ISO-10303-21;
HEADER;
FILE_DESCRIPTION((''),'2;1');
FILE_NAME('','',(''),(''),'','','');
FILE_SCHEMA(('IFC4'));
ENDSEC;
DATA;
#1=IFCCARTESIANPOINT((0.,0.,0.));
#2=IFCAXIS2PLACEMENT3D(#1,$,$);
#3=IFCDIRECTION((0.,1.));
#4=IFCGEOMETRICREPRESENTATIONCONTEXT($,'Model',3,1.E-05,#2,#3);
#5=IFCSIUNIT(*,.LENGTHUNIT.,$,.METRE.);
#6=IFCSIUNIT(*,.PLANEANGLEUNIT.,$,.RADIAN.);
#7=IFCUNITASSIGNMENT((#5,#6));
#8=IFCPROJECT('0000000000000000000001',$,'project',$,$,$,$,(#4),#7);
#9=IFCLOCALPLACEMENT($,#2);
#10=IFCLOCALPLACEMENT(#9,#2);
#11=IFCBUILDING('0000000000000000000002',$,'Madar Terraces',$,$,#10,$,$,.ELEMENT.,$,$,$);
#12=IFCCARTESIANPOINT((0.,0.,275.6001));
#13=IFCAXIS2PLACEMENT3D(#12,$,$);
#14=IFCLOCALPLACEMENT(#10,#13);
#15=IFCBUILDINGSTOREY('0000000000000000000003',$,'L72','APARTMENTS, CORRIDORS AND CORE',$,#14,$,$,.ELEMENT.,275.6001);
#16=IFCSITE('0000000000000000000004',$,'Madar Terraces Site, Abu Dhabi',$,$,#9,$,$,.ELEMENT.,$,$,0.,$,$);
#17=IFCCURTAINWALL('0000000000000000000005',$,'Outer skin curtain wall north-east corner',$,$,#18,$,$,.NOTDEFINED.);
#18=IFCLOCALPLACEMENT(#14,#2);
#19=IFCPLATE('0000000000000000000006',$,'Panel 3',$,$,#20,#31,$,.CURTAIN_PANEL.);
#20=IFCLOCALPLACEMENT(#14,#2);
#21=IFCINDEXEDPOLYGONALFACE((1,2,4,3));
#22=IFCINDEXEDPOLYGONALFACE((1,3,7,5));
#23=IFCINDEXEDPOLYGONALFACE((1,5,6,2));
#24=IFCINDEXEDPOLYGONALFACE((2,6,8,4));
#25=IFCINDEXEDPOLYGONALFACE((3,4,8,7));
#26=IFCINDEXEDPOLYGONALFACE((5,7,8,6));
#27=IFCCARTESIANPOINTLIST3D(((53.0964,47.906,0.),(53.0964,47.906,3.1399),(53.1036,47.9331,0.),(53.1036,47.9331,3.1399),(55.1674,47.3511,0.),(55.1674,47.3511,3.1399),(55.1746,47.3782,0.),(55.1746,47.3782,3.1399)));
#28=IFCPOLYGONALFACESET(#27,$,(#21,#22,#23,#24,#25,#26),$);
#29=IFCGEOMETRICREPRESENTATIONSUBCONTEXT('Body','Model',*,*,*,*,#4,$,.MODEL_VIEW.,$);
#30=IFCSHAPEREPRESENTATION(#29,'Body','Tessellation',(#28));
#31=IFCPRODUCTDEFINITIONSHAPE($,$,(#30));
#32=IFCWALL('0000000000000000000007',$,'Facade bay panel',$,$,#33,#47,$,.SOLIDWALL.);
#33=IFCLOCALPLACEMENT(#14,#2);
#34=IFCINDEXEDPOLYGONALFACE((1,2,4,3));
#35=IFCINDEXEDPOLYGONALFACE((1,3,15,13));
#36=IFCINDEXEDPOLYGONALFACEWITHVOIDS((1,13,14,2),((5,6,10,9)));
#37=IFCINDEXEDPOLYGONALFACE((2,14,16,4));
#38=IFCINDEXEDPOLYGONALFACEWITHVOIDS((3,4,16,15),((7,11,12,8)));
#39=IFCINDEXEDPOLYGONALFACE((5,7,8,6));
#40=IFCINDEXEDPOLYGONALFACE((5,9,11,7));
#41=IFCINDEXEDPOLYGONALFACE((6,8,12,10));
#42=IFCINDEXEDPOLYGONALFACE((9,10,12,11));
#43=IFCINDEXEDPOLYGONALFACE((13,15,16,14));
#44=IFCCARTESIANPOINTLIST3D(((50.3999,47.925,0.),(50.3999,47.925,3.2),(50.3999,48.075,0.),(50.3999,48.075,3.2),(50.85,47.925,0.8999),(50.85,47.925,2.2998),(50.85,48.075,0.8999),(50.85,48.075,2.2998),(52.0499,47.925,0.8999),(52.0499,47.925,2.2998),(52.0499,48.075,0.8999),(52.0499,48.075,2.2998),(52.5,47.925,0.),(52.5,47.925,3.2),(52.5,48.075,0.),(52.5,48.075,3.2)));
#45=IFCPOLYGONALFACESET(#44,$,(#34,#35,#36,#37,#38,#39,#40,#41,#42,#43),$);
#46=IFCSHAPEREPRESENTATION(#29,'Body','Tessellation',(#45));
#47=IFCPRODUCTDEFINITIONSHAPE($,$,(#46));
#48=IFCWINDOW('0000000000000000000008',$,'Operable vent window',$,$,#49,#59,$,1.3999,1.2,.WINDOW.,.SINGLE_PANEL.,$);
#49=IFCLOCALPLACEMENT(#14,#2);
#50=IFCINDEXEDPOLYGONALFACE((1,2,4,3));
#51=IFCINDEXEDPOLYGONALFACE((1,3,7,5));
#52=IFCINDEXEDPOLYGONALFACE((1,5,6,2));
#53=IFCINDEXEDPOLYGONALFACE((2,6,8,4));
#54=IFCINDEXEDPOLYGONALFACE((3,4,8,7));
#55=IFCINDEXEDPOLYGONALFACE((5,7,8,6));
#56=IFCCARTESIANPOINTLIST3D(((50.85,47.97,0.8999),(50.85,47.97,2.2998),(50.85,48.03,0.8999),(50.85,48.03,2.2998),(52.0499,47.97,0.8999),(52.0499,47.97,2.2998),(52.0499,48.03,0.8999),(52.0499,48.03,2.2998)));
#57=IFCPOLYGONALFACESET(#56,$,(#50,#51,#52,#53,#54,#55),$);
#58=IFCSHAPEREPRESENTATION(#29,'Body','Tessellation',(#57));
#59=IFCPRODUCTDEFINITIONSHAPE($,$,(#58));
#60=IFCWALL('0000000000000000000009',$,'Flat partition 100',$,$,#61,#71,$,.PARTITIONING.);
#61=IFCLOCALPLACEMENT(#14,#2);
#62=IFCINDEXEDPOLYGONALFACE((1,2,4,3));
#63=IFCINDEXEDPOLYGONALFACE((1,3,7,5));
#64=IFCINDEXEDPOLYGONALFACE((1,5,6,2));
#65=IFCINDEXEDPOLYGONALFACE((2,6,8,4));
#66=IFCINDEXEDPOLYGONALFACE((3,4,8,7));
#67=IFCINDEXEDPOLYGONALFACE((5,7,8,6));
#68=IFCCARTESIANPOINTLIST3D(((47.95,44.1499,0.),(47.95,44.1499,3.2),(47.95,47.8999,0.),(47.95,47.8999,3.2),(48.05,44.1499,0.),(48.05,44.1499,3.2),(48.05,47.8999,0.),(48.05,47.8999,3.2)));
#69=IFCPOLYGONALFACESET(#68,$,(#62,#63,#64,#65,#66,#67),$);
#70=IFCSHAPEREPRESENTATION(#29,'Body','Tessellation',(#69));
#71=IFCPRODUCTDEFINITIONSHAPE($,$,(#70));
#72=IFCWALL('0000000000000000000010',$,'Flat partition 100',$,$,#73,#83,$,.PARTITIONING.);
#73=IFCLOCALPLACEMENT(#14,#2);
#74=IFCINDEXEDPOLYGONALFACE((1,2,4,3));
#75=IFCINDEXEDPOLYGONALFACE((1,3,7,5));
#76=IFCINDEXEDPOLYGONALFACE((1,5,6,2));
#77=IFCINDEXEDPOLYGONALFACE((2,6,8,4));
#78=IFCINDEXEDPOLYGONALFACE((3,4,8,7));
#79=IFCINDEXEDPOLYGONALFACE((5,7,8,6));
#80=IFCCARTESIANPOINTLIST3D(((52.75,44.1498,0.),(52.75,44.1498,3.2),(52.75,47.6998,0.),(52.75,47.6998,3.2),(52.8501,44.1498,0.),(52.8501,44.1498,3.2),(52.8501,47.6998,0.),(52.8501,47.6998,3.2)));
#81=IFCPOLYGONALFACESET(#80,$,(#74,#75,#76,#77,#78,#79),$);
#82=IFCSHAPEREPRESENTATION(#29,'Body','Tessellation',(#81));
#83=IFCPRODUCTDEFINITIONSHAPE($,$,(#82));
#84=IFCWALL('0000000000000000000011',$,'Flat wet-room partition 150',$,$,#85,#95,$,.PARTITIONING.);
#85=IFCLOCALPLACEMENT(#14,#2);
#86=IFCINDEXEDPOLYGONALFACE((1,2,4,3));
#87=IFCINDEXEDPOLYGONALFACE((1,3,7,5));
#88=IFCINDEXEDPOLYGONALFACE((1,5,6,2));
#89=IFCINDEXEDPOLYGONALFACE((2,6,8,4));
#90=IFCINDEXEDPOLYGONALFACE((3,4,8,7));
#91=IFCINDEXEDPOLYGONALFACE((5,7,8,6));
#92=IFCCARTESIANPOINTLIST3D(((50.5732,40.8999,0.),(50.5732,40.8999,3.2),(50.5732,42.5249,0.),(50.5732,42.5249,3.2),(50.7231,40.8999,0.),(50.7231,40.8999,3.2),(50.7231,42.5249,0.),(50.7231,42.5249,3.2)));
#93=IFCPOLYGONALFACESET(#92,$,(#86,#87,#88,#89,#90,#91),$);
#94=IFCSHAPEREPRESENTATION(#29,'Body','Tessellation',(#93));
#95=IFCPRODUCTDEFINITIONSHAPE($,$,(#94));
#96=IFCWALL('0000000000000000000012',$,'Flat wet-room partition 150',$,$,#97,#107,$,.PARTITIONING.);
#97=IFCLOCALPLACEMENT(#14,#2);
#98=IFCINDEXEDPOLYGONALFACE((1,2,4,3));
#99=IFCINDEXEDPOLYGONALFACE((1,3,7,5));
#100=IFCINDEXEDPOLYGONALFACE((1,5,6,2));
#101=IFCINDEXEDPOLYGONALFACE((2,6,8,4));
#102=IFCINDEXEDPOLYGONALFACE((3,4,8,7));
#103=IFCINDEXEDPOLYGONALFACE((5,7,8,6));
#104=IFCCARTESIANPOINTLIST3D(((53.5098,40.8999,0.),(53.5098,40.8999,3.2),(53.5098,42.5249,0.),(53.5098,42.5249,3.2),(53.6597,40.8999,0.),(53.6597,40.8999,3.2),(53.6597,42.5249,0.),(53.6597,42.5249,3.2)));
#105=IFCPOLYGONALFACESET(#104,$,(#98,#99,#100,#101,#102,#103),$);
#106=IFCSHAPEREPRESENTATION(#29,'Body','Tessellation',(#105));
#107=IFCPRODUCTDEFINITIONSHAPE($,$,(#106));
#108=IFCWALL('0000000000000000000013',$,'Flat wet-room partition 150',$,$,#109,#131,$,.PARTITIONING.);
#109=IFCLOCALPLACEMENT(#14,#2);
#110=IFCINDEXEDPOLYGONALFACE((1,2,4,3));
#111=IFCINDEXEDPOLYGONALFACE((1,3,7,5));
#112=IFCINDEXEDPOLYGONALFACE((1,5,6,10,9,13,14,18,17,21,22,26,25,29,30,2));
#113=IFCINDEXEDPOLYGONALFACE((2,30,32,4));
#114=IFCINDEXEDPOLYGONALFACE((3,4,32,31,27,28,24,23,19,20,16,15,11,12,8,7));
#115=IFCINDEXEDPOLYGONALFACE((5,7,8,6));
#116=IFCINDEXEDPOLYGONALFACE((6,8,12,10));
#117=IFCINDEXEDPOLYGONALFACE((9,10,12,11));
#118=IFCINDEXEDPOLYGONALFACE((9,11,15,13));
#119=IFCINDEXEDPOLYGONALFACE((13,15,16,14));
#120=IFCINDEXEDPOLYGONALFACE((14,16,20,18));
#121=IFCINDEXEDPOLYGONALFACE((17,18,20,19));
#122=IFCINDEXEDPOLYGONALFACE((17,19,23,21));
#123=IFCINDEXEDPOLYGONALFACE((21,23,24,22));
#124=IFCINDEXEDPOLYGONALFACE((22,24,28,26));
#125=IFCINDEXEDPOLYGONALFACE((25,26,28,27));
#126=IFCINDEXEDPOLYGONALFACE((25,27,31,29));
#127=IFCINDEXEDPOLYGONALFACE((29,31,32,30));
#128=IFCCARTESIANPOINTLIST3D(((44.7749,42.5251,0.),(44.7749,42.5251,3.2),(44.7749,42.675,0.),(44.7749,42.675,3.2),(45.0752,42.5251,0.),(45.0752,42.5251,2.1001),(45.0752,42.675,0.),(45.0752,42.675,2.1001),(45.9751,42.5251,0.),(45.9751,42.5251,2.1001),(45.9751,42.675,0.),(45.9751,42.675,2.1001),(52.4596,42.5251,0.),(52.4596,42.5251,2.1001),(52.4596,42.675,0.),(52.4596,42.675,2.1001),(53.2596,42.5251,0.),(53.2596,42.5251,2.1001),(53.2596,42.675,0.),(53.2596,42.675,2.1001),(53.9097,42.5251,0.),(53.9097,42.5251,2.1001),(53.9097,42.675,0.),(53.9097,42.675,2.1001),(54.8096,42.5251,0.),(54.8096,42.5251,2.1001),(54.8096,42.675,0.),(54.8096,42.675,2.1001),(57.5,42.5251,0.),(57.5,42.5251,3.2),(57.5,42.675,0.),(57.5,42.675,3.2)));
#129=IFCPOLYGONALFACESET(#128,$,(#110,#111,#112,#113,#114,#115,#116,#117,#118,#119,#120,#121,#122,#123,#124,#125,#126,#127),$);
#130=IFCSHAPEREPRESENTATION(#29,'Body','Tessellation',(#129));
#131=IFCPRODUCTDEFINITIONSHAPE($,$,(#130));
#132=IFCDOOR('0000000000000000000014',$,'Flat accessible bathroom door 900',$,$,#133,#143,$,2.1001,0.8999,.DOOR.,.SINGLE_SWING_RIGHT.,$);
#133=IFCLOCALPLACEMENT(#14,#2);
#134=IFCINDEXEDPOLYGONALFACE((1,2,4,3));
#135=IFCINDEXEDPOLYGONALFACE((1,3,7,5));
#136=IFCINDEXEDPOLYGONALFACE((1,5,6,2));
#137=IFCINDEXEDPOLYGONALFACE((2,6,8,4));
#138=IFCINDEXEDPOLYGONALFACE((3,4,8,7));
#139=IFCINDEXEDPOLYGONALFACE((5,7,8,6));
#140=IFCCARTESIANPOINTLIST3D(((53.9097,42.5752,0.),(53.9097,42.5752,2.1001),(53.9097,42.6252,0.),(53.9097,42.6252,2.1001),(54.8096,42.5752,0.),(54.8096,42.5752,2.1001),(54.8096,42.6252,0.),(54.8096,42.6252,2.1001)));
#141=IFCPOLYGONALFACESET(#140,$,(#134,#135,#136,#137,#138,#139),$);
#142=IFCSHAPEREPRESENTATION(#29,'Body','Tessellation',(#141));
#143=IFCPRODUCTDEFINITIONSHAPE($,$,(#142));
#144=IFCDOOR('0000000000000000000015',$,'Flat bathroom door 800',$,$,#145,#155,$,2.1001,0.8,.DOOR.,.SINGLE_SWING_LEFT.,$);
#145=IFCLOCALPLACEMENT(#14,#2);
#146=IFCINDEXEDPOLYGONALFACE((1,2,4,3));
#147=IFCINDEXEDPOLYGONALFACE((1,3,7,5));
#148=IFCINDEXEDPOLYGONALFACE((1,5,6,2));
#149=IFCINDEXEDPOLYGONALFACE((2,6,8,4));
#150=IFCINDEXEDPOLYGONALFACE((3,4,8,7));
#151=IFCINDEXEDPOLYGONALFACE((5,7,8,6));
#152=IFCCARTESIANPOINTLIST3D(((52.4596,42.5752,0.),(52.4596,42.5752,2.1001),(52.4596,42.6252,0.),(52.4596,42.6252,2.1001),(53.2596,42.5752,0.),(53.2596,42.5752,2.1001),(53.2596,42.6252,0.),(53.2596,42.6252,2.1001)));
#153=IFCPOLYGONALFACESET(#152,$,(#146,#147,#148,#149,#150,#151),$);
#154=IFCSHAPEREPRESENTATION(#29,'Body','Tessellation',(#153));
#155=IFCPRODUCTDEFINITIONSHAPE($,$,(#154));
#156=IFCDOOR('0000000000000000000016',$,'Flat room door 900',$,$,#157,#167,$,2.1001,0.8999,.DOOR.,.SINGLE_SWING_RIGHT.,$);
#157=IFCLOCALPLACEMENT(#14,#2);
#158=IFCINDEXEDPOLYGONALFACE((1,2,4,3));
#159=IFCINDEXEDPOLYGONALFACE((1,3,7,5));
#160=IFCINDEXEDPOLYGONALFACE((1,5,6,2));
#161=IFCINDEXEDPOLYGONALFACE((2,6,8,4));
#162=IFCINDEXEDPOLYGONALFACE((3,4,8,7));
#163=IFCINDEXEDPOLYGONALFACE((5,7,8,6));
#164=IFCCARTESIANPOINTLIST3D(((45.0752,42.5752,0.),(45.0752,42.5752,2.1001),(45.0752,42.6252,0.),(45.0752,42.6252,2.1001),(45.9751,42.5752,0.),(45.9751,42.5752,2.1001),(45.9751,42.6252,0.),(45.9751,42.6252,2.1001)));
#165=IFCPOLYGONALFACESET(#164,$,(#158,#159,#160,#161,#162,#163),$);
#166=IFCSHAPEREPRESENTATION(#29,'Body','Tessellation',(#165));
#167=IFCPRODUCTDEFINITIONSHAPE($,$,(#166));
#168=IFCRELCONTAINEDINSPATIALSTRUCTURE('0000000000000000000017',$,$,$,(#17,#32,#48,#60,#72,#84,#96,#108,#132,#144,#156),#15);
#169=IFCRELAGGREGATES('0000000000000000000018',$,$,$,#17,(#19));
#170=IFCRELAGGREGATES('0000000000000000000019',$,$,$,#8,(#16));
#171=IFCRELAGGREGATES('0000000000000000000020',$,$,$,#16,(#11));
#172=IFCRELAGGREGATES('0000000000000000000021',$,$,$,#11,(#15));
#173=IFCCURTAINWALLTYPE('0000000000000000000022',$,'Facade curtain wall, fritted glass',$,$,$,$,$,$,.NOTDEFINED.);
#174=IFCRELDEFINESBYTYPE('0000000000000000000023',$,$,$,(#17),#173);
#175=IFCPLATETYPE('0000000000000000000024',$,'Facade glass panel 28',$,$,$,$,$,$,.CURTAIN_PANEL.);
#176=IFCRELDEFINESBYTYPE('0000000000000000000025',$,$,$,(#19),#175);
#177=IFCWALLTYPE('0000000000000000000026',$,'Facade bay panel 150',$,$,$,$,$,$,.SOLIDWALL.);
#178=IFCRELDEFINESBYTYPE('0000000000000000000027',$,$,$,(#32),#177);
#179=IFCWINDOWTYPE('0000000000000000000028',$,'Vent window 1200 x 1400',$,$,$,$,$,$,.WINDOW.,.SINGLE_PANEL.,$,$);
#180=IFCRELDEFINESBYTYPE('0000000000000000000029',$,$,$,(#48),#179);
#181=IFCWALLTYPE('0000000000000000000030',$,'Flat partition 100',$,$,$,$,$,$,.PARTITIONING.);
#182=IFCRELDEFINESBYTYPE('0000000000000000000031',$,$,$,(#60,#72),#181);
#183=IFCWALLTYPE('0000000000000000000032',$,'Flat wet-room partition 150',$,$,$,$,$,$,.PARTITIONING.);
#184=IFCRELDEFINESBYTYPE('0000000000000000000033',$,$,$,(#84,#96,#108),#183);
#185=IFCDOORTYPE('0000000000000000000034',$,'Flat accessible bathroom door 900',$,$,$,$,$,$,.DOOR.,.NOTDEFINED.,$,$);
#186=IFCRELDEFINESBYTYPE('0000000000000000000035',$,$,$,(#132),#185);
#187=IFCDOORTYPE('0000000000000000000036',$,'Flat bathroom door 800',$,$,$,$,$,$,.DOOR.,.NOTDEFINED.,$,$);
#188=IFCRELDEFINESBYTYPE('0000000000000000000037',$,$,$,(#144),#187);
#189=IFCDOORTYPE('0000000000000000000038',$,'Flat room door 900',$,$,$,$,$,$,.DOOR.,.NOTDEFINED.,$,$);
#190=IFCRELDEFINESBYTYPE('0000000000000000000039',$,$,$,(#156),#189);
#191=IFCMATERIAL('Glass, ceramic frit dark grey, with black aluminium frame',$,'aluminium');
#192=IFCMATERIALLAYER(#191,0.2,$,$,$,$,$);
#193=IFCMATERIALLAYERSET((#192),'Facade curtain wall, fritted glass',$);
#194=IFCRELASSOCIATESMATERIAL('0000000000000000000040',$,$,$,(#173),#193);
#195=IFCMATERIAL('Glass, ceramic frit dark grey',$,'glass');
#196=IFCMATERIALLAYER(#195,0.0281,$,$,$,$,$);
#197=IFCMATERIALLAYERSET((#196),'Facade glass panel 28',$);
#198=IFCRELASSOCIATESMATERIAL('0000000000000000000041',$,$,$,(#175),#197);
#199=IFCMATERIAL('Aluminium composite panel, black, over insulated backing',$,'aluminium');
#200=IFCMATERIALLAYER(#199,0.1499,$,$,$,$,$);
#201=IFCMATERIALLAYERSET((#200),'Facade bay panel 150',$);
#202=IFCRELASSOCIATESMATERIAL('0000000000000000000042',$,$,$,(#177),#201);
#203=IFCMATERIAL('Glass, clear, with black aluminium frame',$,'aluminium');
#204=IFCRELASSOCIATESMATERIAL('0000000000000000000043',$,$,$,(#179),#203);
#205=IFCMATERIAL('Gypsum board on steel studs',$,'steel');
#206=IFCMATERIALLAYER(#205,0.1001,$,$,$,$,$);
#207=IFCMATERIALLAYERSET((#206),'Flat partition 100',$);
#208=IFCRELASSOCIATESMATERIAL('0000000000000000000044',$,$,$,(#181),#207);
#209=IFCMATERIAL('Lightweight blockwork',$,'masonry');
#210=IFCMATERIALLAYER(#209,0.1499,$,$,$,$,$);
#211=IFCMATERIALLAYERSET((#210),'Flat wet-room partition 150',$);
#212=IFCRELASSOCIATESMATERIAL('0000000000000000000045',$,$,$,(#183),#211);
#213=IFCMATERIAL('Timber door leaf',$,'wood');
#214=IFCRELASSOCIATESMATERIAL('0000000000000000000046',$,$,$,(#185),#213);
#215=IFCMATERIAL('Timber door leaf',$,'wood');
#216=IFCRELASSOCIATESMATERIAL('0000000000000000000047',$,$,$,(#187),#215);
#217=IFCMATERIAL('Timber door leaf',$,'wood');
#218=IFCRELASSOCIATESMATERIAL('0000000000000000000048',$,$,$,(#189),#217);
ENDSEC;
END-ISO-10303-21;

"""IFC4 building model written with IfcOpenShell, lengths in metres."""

from ifc_helpers import new_model, si_unit, direction, frame, frame_2d, origin, origin_2d, place, context, subcontext, project, spatial, rectangle, extrude, material, layer, layer_set, type_object, element, fill, aggregate, save


model = new_model("IFC4")

# Units and contexts
model_context = context("Model", 3, precision=1e-05, world=origin(), true_north=direction((0.0, 1.0)))
body_context = subcontext(model_context, "Body", "Model", "MODEL_VIEW")
ifc_project = project(units=[si_unit("LENGTHUNIT", "METRE"), si_unit("PLANEANGLEUNIT", "RADIAN")], contexts=[model_context])

# Site, building, storey
site_placement = place(None, origin())
site = spatial("IfcSite", under=ifc_project, at=site_placement, Name="Madar Terraces Site, Abu Dhabi", CompositionType="ELEMENT", RefElevation=0.0)
building_placement = place(site_placement, origin())
building = spatial("IfcBuilding", under=site, at=building_placement, Name="Madar Terraces", CompositionType="ELEMENT")
storey_placement = place(building_placement, frame((0.0, 0.0, 275.6001)))
storey = spatial("IfcBuildingStorey", under=building, at=storey_placement, Name="L72", Description="APARTMENTS, CORRIDORS AND CORE", CompositionType="ELEMENT", Elevation=275.6001)

# Shared definitions
ifc_material_1 = material(Name="Glass, ceramic frit dark grey, with black aluminium frame", Category="aluminium")
ifc_layer_1 = layer(ifc_material_1, 0.2)
ifc_layer_set_1 = layer_set([ifc_layer_1], Name="Facade curtain wall, fritted glass")
curtain_wall_type = type_object("IfcCurtainWallType", Name="Facade curtain wall, fritted glass", PredefinedType="NOTDEFINED", material=ifc_layer_set_1)

# Curtain wall
curtain_wall_1_placement = place(storey_placement, origin())
curtain_wall_1 = element("IfcCurtainWall", 1, at=curtain_wall_1_placement, inside=storey, type_object=curtain_wall_type, Name="Outer skin curtain wall north-east corner", PredefinedType="NOTDEFINED")

# Plate
ifc_material_2 = material(Name="Glass, ceramic frit dark grey", Category="glass")
ifc_layer_2 = layer(ifc_material_2, 0.0281)
ifc_layer_set_2 = layer_set([ifc_layer_2], Name="Facade glass panel 28")
plate_type = type_object("IfcPlateType", Name="Facade glass panel 28", PredefinedType="CURTAIN_PANEL", material=ifc_layer_set_2)
plate_1_placement = place(storey_placement, frame((54.1355, 47.6421, 0.0), z_axis=(0.0, 0.0, 1.0), x_axis=(-0.965926, 0.258819, 0.0)))
plate_1 = element("IfcPlate", 2, at=plate_1_placement, type_object=plate_type, Name="Panel 3", PredefinedType="CURTAIN_PANEL", context=body_context, shape_type="SweptSolid", body=[
    extrude(rectangle(XDim=2.144, YDim=0.0281, at=origin_2d()), origin(), (0.0, 0.0, 1.0), 3.1399),
])
aggregate(curtain_wall_1, [plate_1])

# Wall, opening, window
ifc_material_3 = material(Name="Aluminium composite panel, black, over insulated backing", Category="aluminium")
ifc_layer_3 = layer(ifc_material_3, 0.1499)
ifc_layer_set_3 = layer_set([ifc_layer_3], Name="Facade bay panel 150")
wall_type_1 = type_object("IfcWallType", Name="Facade bay panel 150", PredefinedType="SOLIDWALL", material=ifc_layer_set_3)
wall_1_placement = place(storey_placement, frame((52.5, 48.0, 0.0), z_axis=(0.0, 0.0, 1.0), x_axis=(-1.0, 0.0, 0.0)))
wall_1 = element("IfcWall", 3, at=wall_1_placement, inside=storey, type_object=wall_type_1, Name="Facade bay panel", PredefinedType="SOLIDWALL", context=body_context, shape_type="SweptSolid", body=[
    extrude(rectangle(XDim=2.1001, YDim=0.1499, at=frame_2d((1.05, 0.0))), origin(), (0.0, 0.0, 1.0), 3.2),
])
opening_1_placement = place(wall_1_placement, frame((0.45, 0.0, 0.8999)))
opening_1 = element("IfcOpeningElement", 4, at=opening_1_placement, cuts=wall_1, PredefinedType="OPENING", context=body_context, shape_type="SweptSolid", body=[
    extrude(rectangle(XDim=1.2, YDim=1.3999, at=frame_2d((0.6001, 0.7))), frame((0.0, 0.085, 0.0), z_axis=(0.0, -1.0, 0.0), x_axis=(1.0, 0.0, 0.0)), (0.0, 0.0, 1.0), 0.1699),
])
ifc_material_4 = material(Name="Glass, clear, with black aluminium frame", Category="aluminium")
window_type = type_object("IfcWindowType", Name="Vent window 1200 x 1400", PartitioningType="SINGLE_PANEL", PredefinedType="WINDOW", material=ifc_material_4)
window_placement = place(opening_1_placement, origin())
window = element("IfcWindow", 5, at=window_placement, inside=storey, type_object=window_type, Name="Operable vent window", OverallHeight=1.3999, OverallWidth=1.2, PartitioningType="SINGLE_PANEL", PredefinedType="WINDOW", context=body_context, shape_type="SweptSolid", body=[
    extrude(rectangle(XDim=1.2, YDim=1.3999, at=frame_2d((0.6001, 0.7))), frame((0.0, 0.03, 0.0), z_axis=(0.0, -1.0, 0.0), x_axis=(1.0, 0.0, 0.0)), (0.0, 0.0, 1.0), 0.0601),
])
fill(opening_1, window)

# Walls
ifc_material_5 = material(Name="Gypsum board on steel studs", Category="steel")
ifc_layer_4 = layer(ifc_material_5, 0.1001)
ifc_layer_set_4 = layer_set([ifc_layer_4], Name="Flat partition 100")
wall_type_2 = type_object("IfcWallType", Name="Flat partition 100", PredefinedType="PARTITIONING", material=ifc_layer_set_4)
wall_2_placement = place(storey_placement, frame((48.0, 44.1499, 0.0), z_axis=(0.0, 0.0, 1.0), x_axis=(0.0, 1.0, 0.0)))
element("IfcWall", 6, at=wall_2_placement, inside=storey, type_object=wall_type_2, Name="Flat partition 100", PredefinedType="PARTITIONING", context=body_context, shape_type="SweptSolid", body=[
    extrude(rectangle(XDim=3.75, YDim=0.1001, at=frame_2d((1.875, 0.0))), origin(), (0.0, 0.0, 1.0), 3.2),
])
wall_3_placement = place(storey_placement, frame((52.8, 44.1499, 0.0), z_axis=(0.0, 0.0, 1.0), x_axis=(0.0, 1.0, 0.0)))
element("IfcWall", 7, at=wall_3_placement, inside=storey, type_object=wall_type_2, Name="Flat partition 100", PredefinedType="PARTITIONING", context=body_context, shape_type="SweptSolid", body=[
    extrude(rectangle(XDim=3.55, YDim=0.1001, at=frame_2d((1.7749, 0.0))), origin(), (0.0, 0.0, 1.0), 3.2),
])
ifc_material_6 = material(Name="Lightweight blockwork", Category="masonry")
ifc_layer_5 = layer(ifc_material_6, 0.1499)
ifc_layer_set_5 = layer_set([ifc_layer_5], Name="Flat wet-room partition 150")
wall_type_3 = type_object("IfcWallType", Name="Flat wet-room partition 150", PredefinedType="PARTITIONING", material=ifc_layer_set_5)
for number, where, z_axis, x_axis, name in (
    (8, (50.6482, 40.8999, 0.0), (0.0, 0.0, 1.0), (0.0, 1.0, 0.0), "Flat wet-room partition 150"),
    (9, (53.5847, 40.8999, 0.0), (0.0, 0.0, 1.0), (0.0, 1.0, 0.0), "Flat wet-room partition 150"),
):
    element("IfcWall", number, at=place(storey_placement, frame(where, z_axis=z_axis, x_axis=x_axis)), inside=storey, type_object=wall_type_3, Name=name, PredefinedType="PARTITIONING", context=body_context, shape_type="SweptSolid", body=[
        extrude(rectangle(XDim=1.625, YDim=0.1499, at=frame_2d((0.8125, 0.0))), origin(), (0.0, 0.0, 1.0), 3.2),
    ])

# Wall, openings, doors
wall_4_placement = place(storey_placement, frame((57.5, 42.6001, 0.0), z_axis=(0.0, 0.0, 1.0), x_axis=(-1.0, 0.0, 0.0)))
wall_4 = element("IfcWall", 10, at=wall_4_placement, inside=storey, type_object=wall_type_3, Name="Flat wet-room partition 150", PredefinedType="PARTITIONING", context=body_context, shape_type="SweptSolid", body=[
    extrude(rectangle(XDim=12.7251, YDim=0.1499, at=frame_2d((6.3625, 0.0))), origin(), (0.0, 0.0, 1.0), 3.2),
])
opening_2_placement = place(wall_4_placement, frame((11.5249, 0.0, 0.0)))
opening_2 = element("IfcOpeningElement", 11, at=opening_2_placement, cuts=wall_4, PredefinedType="OPENING", context=body_context, shape_type="SweptSolid", body=[
    extrude(rectangle(XDim=0.8999, YDim=2.1001, at=frame_2d((0.45, 1.05))), frame((0.0, 0.085, 0.0), z_axis=(0.0, -1.0, 0.0), x_axis=(1.0, 0.0, 0.0)), (0.0, 0.0, 1.0), 0.1699),
])
opening_3_placement = place(wall_4_placement, frame((4.2405, 0.0, 0.0)))
opening_3 = element("IfcOpeningElement", 12, at=opening_3_placement, cuts=wall_4, PredefinedType="OPENING", context=body_context, shape_type="SweptSolid", body=[
    extrude(rectangle(XDim=0.8, YDim=2.1001, at=frame_2d((0.3999, 1.05))), frame((0.0, 0.085, 0.0), z_axis=(0.0, -1.0, 0.0), x_axis=(1.0, 0.0, 0.0)), (0.0, 0.0, 1.0), 0.1699),
])
opening_4_placement = place(wall_4_placement, frame((2.6904, 0.0, 0.0)))
opening_4 = element("IfcOpeningElement", 13, at=opening_4_placement, cuts=wall_4, PredefinedType="OPENING", context=body_context, shape_type="SweptSolid", body=[
    extrude(rectangle(XDim=0.8999, YDim=2.1001, at=frame_2d((0.45, 1.05))), frame((0.0, 0.085, 0.0), z_axis=(0.0, -1.0, 0.0), x_axis=(1.0, 0.0, 0.0)), (0.0, 0.0, 1.0), 0.1699),
])
ifc_material_7 = material(Name="Timber door leaf", Category="wood")
door_type_1 = type_object("IfcDoorType", Name="Flat accessible bathroom door 900", OperationType="NOTDEFINED", PredefinedType="DOOR", material=ifc_material_7)
door_1_placement = place(opening_4_placement, origin())
door_1 = element("IfcDoor", 14, at=door_1_placement, inside=storey, type_object=door_type_1, Name="Flat accessible bathroom door 900", OperationType="SINGLE_SWING_RIGHT", OverallHeight=2.1001, OverallWidth=0.8999, PredefinedType="DOOR", context=body_context, shape_type="SweptSolid", body=[
    extrude(rectangle(XDim=0.8999, YDim=2.1001, at=frame_2d((0.45, 1.05))), frame((0.0, 0.0249, 0.0), z_axis=(0.0, -1.0, 0.0), x_axis=(1.0, 0.0, 0.0)), (0.0, 0.0, 1.0), 0.05),
])
fill(opening_4, door_1)
ifc_material_8 = material(Name="Timber door leaf", Category="wood")
door_type_2 = type_object("IfcDoorType", Name="Flat bathroom door 800", OperationType="NOTDEFINED", PredefinedType="DOOR", material=ifc_material_8)
door_2_placement = place(opening_3_placement, origin())
door_2 = element("IfcDoor", 15, at=door_2_placement, inside=storey, type_object=door_type_2, Name="Flat bathroom door 800", OperationType="SINGLE_SWING_LEFT", OverallHeight=2.1001, OverallWidth=0.8, PredefinedType="DOOR", context=body_context, shape_type="SweptSolid", body=[
    extrude(rectangle(XDim=0.8, YDim=2.1001, at=frame_2d((0.3999, 1.05))), frame((0.0, 0.0249, 0.0), z_axis=(0.0, -1.0, 0.0), x_axis=(1.0, 0.0, 0.0)), (0.0, 0.0, 1.0), 0.05),
])
fill(opening_3, door_2)
ifc_material_9 = material(Name="Timber door leaf", Category="wood")
door_type_3 = type_object("IfcDoorType", Name="Flat room door 900", OperationType="NOTDEFINED", PredefinedType="DOOR", material=ifc_material_9)
door_3_placement = place(opening_2_placement, origin())
door_3 = element("IfcDoor", 16, at=door_3_placement, inside=storey, type_object=door_type_3, Name="Flat room door 900", OperationType="SINGLE_SWING_RIGHT", OverallHeight=2.1001, OverallWidth=0.8999, PredefinedType="DOOR", context=body_context, shape_type="SweptSolid", body=[
    extrude(rectangle(XDim=0.8999, YDim=2.1001, at=frame_2d((0.45, 1.05))), frame((0.0, 0.0249, 0.0), z_axis=(0.0, -1.0, 0.0), x_axis=(1.0, 0.0, 0.0)), (0.0, 0.0, 1.0), 0.05),
])
fill(opening_2, door_3)

save(model, "model.ifc")
